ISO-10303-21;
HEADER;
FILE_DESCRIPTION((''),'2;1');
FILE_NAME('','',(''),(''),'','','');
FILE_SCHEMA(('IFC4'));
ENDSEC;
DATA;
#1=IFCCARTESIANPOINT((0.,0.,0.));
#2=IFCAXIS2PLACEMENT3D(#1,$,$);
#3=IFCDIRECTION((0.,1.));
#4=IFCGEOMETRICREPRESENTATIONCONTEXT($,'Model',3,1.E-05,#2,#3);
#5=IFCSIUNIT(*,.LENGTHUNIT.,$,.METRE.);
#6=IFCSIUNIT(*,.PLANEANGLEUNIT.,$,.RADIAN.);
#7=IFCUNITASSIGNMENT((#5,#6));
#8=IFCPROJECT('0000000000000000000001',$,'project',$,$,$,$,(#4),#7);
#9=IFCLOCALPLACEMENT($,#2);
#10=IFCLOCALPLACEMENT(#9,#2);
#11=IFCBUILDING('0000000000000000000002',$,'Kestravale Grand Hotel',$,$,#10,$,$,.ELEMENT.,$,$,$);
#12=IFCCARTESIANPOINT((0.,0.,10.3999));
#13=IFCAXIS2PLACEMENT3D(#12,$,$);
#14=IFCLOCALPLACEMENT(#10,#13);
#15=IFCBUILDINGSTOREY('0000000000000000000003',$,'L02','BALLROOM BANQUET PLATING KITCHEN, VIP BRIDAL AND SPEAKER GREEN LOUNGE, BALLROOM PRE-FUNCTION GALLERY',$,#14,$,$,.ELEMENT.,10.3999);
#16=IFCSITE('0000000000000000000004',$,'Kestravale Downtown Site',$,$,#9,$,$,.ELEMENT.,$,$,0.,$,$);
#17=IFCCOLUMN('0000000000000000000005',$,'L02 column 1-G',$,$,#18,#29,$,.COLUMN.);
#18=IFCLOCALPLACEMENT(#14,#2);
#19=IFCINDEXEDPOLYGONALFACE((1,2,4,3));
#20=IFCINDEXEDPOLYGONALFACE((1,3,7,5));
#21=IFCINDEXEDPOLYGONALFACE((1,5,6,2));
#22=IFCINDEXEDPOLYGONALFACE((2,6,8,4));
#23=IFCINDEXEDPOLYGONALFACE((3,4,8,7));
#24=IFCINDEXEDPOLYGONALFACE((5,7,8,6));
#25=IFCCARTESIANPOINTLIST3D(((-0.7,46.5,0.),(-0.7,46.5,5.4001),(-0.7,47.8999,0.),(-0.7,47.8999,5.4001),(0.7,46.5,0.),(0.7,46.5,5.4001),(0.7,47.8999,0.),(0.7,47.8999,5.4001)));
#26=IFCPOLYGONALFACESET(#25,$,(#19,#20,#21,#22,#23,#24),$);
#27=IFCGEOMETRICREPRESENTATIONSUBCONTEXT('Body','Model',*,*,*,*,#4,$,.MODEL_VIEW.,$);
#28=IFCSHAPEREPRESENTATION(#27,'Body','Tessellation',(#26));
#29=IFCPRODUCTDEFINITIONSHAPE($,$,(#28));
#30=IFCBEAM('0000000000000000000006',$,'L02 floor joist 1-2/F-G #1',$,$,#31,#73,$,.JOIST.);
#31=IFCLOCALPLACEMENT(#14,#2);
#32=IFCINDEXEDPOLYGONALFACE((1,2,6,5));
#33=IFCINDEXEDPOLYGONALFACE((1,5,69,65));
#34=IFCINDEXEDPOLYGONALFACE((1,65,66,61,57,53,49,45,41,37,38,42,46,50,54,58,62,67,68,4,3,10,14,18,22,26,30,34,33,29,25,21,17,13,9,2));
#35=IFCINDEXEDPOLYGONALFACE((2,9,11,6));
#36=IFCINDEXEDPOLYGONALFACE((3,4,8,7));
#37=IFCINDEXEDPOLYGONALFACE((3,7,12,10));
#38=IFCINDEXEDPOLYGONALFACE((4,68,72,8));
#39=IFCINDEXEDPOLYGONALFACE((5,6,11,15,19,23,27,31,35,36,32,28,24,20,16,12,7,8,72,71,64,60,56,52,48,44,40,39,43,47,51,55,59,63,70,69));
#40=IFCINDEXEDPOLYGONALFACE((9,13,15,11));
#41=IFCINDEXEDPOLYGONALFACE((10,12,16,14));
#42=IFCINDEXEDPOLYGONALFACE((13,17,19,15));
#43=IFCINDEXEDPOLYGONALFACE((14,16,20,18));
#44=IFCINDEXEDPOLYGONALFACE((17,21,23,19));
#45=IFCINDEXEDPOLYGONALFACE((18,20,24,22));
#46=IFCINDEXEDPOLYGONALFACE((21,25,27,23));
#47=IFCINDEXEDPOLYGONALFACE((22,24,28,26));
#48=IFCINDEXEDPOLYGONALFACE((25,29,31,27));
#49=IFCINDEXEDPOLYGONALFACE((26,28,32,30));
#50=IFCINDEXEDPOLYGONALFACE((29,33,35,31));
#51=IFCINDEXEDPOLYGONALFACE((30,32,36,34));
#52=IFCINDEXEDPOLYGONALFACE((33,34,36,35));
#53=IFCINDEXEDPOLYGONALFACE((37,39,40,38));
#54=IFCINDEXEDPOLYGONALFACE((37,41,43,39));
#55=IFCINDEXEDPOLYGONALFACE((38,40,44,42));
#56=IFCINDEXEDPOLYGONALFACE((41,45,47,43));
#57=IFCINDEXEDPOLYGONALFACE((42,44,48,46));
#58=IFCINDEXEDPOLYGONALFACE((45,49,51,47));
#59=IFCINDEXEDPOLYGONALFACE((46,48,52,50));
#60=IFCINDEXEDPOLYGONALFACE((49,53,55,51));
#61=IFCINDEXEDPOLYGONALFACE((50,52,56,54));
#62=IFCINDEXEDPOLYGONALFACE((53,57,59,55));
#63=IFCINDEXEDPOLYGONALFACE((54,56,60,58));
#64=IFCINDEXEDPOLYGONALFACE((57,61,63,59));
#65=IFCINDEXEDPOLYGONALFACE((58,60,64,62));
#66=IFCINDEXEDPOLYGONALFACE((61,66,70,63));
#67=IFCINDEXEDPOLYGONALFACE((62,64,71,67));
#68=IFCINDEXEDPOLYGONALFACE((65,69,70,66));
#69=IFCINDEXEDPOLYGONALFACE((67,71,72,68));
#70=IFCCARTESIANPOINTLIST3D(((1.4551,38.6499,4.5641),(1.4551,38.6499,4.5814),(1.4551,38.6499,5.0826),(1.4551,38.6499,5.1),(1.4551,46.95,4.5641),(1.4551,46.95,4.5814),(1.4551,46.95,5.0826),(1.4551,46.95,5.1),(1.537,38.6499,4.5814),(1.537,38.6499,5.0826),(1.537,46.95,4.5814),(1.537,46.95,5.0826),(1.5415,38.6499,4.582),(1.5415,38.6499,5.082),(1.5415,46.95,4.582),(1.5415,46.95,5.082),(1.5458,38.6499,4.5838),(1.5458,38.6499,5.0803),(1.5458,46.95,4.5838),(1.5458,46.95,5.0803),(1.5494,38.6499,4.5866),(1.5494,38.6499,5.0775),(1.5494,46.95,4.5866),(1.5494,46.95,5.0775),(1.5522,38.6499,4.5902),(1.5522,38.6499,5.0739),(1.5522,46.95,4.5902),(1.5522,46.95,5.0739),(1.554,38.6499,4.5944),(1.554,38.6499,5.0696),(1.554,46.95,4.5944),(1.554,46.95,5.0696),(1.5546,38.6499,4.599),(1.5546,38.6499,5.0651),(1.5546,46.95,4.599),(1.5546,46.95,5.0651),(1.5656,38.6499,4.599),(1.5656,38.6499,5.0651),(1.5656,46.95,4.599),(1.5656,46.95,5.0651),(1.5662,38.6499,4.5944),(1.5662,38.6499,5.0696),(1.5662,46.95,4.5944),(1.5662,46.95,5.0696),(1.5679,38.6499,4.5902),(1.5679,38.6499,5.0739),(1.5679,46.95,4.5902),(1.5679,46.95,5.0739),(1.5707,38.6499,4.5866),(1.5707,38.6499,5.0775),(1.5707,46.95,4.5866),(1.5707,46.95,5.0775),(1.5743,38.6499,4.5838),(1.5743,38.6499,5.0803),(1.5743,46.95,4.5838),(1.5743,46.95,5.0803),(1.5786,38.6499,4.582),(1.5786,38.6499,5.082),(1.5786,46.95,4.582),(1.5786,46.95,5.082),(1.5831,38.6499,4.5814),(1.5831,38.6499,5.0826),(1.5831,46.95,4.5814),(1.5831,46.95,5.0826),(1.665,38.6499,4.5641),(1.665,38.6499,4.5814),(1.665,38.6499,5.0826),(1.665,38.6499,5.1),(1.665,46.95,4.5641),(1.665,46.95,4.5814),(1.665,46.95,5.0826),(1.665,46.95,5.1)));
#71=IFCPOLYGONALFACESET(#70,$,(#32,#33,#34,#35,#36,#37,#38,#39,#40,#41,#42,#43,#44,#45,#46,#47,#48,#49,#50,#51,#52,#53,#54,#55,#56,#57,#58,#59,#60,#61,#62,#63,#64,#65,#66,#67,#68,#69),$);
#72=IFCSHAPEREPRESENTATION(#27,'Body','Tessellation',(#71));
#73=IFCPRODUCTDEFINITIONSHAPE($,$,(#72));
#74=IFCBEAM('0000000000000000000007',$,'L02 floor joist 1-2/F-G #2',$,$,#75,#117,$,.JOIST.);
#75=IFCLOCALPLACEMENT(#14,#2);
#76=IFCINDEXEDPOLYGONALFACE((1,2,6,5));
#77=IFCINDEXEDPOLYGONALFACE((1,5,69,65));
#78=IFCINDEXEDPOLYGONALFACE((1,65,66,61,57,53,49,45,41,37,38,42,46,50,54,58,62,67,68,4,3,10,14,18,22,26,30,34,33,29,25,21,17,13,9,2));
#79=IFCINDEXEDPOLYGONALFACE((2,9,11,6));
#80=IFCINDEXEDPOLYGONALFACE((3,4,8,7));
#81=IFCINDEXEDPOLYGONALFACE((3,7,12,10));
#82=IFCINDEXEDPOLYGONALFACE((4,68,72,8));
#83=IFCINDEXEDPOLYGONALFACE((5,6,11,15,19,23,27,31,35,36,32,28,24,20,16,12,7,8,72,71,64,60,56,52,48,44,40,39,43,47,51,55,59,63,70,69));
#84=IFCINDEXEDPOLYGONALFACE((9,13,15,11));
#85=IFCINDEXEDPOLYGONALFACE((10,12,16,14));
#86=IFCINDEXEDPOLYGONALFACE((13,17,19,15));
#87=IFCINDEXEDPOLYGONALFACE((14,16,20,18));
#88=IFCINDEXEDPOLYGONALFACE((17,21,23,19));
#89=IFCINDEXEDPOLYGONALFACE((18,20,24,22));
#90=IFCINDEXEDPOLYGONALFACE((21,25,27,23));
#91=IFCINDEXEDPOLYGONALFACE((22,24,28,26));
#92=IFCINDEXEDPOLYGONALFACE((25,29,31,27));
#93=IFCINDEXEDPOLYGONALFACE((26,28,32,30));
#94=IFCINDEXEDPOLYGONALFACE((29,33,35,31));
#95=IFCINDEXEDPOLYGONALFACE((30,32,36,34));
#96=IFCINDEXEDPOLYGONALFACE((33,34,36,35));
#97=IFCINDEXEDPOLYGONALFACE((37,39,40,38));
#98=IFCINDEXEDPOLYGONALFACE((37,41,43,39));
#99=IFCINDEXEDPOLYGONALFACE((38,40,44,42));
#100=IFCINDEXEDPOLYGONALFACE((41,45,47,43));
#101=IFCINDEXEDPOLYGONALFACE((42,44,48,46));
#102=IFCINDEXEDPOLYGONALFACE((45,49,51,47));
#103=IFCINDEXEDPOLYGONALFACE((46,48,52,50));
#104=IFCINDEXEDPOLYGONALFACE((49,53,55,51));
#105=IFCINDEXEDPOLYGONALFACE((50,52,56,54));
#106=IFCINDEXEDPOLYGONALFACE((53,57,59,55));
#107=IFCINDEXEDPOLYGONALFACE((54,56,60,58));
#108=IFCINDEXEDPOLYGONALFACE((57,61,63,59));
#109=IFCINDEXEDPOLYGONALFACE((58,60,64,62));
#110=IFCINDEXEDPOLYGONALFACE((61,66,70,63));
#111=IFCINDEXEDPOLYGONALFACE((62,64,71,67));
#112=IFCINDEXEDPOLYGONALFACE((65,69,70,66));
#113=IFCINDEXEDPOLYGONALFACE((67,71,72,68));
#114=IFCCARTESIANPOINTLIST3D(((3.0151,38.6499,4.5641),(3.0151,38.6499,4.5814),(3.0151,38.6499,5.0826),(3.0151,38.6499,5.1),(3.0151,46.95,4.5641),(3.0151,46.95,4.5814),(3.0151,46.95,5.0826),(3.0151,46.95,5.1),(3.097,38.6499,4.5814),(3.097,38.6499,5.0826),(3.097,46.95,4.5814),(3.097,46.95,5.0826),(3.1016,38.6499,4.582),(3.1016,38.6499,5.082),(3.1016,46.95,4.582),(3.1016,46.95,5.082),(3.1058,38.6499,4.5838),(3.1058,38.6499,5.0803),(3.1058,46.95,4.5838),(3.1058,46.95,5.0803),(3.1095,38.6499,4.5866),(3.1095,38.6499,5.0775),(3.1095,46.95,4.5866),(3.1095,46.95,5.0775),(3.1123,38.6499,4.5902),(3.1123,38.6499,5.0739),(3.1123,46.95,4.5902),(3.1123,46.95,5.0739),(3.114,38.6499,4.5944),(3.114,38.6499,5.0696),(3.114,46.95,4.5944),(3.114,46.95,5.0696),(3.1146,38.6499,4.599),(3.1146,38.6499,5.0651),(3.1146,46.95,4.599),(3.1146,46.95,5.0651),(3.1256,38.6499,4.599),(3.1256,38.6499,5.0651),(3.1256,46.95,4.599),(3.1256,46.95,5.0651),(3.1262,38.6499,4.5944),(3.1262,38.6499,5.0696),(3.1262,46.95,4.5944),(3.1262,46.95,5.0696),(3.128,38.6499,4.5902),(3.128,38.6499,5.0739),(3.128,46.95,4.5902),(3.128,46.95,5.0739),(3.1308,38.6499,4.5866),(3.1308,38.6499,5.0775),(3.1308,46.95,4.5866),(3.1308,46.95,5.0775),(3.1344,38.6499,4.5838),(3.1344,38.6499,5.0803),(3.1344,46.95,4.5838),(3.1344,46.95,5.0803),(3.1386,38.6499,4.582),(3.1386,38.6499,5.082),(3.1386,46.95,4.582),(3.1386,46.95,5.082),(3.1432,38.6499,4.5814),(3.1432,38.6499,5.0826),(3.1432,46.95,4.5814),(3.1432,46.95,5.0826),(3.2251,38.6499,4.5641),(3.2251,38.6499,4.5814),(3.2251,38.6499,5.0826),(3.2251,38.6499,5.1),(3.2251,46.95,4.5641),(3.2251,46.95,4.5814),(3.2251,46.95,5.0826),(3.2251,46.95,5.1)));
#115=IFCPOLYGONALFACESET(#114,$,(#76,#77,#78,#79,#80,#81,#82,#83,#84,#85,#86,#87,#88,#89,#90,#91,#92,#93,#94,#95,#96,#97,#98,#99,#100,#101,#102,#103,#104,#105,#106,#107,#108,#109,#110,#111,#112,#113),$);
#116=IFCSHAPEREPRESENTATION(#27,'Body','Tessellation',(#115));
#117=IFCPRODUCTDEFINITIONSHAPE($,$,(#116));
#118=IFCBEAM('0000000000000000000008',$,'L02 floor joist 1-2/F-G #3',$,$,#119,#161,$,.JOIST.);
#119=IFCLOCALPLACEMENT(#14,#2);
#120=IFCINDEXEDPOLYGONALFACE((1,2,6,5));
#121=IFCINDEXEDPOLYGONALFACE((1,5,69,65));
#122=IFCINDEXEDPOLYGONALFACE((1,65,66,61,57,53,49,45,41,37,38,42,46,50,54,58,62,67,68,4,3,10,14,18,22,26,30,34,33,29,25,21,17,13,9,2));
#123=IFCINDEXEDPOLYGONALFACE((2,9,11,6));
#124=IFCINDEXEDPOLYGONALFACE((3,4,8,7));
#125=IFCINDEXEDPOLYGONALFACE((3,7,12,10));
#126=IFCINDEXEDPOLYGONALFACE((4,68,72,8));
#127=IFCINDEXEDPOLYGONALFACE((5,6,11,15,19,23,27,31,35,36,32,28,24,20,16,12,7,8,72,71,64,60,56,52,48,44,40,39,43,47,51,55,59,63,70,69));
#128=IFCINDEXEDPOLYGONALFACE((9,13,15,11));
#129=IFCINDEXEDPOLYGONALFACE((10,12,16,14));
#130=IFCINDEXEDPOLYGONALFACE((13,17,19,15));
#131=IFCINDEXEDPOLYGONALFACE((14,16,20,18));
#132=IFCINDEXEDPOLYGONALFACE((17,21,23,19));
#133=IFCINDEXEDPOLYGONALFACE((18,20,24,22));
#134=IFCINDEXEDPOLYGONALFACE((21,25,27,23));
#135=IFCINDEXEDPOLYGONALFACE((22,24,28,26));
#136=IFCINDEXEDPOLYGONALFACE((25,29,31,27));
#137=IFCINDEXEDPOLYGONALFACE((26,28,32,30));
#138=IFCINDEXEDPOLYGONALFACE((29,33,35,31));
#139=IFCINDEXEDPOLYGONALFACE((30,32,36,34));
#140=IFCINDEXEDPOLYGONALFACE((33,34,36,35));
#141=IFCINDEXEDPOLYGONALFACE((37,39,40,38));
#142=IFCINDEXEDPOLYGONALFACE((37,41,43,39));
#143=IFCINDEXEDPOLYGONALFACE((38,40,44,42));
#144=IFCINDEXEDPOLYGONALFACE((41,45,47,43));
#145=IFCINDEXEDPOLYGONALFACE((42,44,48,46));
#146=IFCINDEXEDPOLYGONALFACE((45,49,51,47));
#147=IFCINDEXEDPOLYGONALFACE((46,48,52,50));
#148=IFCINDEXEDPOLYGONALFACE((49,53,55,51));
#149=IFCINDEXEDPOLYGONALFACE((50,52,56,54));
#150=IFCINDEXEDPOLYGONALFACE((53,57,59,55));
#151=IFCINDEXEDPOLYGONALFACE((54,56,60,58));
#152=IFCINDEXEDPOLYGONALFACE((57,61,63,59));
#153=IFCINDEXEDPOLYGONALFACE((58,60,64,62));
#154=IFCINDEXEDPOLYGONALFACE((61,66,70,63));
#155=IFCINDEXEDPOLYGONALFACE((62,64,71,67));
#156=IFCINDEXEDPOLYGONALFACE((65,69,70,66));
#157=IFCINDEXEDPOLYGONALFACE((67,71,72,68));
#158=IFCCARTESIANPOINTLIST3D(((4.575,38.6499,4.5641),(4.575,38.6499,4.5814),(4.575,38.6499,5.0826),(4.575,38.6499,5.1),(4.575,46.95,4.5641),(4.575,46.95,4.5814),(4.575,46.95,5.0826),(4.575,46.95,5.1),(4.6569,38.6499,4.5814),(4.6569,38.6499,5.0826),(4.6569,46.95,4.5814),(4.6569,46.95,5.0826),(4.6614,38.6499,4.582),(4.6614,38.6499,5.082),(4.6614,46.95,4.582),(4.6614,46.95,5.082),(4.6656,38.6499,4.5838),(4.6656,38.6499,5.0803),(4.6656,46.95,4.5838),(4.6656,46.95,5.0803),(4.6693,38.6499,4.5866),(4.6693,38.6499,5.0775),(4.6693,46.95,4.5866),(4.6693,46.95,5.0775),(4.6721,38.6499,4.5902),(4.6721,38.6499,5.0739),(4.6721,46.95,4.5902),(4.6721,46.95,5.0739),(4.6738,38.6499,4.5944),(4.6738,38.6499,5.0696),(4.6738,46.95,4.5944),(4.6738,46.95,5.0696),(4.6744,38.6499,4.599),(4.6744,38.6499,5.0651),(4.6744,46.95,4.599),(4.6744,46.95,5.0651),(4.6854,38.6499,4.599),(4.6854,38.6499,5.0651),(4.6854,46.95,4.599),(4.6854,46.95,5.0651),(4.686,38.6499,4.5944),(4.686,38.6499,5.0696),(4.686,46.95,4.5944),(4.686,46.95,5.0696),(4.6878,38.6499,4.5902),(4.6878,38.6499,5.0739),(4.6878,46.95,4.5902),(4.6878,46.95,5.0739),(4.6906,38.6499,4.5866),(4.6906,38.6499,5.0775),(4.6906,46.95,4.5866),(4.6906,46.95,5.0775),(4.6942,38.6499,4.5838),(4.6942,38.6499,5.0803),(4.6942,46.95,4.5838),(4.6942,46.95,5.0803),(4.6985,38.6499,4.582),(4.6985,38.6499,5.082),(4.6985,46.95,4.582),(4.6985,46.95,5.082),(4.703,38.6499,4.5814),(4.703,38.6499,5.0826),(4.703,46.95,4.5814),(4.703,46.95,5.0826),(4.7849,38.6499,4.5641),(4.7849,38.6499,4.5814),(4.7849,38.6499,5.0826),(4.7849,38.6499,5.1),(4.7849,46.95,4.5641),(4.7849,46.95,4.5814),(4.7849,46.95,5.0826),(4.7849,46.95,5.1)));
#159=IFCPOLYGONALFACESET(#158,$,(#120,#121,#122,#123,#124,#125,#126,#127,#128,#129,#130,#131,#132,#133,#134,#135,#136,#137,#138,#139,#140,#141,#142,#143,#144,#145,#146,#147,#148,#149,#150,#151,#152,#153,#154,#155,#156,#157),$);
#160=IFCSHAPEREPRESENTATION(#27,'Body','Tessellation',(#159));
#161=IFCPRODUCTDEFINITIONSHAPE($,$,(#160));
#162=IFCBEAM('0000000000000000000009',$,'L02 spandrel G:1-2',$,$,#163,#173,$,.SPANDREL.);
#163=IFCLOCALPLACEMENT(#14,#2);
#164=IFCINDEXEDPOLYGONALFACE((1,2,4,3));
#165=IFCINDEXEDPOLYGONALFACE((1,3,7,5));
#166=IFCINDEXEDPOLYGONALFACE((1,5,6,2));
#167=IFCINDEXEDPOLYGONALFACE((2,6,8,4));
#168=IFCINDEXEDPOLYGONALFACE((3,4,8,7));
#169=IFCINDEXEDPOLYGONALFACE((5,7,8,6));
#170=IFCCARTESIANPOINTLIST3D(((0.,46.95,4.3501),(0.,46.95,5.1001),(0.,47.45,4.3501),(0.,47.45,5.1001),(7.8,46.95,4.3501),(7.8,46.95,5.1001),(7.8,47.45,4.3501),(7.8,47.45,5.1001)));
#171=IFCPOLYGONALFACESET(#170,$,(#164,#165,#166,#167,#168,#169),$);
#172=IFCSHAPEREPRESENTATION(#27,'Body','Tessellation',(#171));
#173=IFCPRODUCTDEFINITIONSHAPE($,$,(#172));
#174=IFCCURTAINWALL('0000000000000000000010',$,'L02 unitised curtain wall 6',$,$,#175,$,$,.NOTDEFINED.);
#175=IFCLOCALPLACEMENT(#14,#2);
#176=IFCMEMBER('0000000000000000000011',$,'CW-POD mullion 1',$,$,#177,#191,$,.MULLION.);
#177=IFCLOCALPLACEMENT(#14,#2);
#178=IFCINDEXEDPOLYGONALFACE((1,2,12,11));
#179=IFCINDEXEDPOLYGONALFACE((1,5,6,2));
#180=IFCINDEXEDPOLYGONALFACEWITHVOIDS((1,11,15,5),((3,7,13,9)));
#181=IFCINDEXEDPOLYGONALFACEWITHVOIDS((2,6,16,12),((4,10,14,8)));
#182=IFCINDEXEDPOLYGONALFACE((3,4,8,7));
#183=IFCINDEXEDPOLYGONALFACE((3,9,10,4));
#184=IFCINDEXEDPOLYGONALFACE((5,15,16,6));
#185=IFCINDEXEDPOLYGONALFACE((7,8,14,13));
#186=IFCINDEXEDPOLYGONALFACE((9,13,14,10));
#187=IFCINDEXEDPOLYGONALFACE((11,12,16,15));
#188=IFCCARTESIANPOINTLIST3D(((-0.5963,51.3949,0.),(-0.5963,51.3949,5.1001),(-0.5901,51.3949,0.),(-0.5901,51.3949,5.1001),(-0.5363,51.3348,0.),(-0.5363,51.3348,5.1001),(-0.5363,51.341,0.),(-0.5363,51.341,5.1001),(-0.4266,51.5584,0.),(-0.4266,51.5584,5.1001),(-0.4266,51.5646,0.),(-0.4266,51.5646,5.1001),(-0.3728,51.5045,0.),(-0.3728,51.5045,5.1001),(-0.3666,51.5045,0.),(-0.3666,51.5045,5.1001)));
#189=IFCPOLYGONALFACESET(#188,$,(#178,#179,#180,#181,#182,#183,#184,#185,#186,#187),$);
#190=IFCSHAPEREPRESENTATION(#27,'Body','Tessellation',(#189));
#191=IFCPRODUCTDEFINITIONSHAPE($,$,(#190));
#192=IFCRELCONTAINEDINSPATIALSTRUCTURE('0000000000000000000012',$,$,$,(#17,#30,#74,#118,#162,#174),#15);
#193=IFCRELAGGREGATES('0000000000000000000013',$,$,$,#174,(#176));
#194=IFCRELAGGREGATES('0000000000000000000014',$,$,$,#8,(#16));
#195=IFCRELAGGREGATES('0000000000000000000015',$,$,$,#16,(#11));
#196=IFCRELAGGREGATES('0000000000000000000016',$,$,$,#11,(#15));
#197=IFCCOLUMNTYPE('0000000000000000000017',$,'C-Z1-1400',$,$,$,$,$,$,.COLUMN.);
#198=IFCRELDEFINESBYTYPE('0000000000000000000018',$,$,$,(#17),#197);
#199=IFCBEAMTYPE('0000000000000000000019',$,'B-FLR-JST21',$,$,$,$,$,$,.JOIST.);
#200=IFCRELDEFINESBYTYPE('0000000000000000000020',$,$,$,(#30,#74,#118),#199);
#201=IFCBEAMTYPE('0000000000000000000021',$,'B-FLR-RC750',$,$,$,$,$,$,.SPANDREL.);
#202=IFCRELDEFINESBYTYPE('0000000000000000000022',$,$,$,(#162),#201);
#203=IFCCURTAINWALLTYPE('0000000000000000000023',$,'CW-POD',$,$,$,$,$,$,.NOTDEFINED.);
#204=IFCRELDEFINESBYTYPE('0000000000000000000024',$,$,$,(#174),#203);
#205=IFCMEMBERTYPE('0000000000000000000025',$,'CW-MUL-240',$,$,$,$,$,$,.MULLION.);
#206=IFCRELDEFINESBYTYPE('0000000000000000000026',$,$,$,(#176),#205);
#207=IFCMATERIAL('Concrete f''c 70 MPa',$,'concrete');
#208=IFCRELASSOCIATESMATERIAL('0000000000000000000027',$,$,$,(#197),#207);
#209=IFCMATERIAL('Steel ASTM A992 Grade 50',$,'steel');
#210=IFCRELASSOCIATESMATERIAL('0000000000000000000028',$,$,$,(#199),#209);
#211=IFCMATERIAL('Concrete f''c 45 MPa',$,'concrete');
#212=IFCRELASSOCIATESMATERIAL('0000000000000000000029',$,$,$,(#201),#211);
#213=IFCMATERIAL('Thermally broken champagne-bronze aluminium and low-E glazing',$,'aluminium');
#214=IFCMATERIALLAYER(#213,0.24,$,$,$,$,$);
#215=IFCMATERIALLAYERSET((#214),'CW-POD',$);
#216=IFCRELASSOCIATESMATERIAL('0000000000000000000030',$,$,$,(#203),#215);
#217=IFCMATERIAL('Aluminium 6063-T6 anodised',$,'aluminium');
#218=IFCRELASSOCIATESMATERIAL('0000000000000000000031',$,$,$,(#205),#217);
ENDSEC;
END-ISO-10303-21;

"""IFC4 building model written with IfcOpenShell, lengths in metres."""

from ifc_helpers import new_model, si_unit, direction, frame, origin, origin_2d, place, context, subcontext, project, spatial, rectangle, hollow_rectangle, i_section, extrude, material, layer, layer_set, material_profile, profile_set, type_object, element, aggregate, save


model = new_model("IFC4")

# Units and contexts
model_context = context("Model", 3, precision=1e-05, world=origin(), true_north=direction((0.0, 1.0)))
body_context = subcontext(model_context, "Body", "Model", "MODEL_VIEW")
ifc_project = project(units=[si_unit("LENGTHUNIT", "METRE"), si_unit("PLANEANGLEUNIT", "RADIAN")], contexts=[model_context])

# Site, building, storey
site_placement = place(None, origin())
site = spatial("IfcSite", under=ifc_project, at=site_placement, Name="Kestravale Downtown Site", CompositionType="ELEMENT", RefElevation=0.0)
building_placement = place(site_placement, origin())
building = spatial("IfcBuilding", under=site, at=building_placement, Name="Kestravale Grand Hotel", CompositionType="ELEMENT")
storey_placement = place(building_placement, frame((0.0, 0.0, 10.3999)))
storey = spatial("IfcBuildingStorey", under=building, at=storey_placement, Name="L02", Description="BALLROOM BANQUET PLATING KITCHEN, VIP BRIDAL AND SPEAKER GREEN LOUNGE, BALLROOM PRE-FUNCTION GALLERY", CompositionType="ELEMENT", Elevation=10.3999)

# Column
ifc_material_1 = material(Name="Concrete f'c 70 MPa", Category="concrete")
ifc_material_profile_1 = material_profile(ifc_material_1, rectangle(XDim=1.3999, YDim=1.3999, at=origin_2d()))
ifc_profile_set_1 = profile_set([ifc_material_profile_1], Name="Concrete f'c 70 MPa")
column_type = type_object("IfcColumnType", Name="C-Z1-1400", PredefinedType="COLUMN", material=ifc_profile_set_1)
column_placement = place(storey_placement, frame((0.0, 47.2, 0.0), z_axis=(0.0, 0.0, 1.0), x_axis=(1.0, 0.0, 0.0)))
element("IfcColumn", 1, at=column_placement, inside=storey, type_object=column_type, Name="L02 column 1-G", PredefinedType="COLUMN", context=body_context, shape_type="SweptSolid", body=[
    extrude(rectangle(XDim=1.3999, YDim=1.3999, at=origin_2d()), origin(), (0.0, 0.0, 1.0), 5.4001),
])

# Beams
ifc_material_2 = material(Name="Steel ASTM A992 Grade 50", Category="steel")
ifc_material_profile_2 = material_profile(ifc_material_2, i_section(OverallWidth=0.21, OverallDepth=0.5359, WebThickness=0.011, FlangeThickness=0.0173, FilletRadius=0.0176, at=origin_2d()))
ifc_profile_set_2 = profile_set([ifc_material_profile_2], Name="Steel ASTM A992 Grade 50")
beam_type_1 = type_object("IfcBeamType", Name="B-FLR-JST21", PredefinedType="JOIST", material=ifc_profile_set_2)
for number, where, z_axis, x_axis, name in (
    (2, (1.5601, 38.6499, 4.832), (0.0, 1.0, 0.0), (-1.0, 0.0, 0.0), "L02 floor joist 1-2/F-G #1"),
    (3, (3.1201, 38.6499, 4.832), (0.0, 1.0, 0.0), (-1.0, 0.0, 0.0), "L02 floor joist 1-2/F-G #2"),
    (4, (4.6799, 38.6499, 4.832), (0.0, 1.0, 0.0), (-1.0, 0.0, 0.0), "L02 floor joist 1-2/F-G #3"),
):
    element("IfcBeam", number, at=place(storey_placement, frame(where, z_axis=z_axis, x_axis=x_axis)), inside=storey, type_object=beam_type_1, Name=name, PredefinedType="JOIST", context=body_context, shape_type="SweptSolid", body=[
        extrude(i_section(OverallWidth=0.21, OverallDepth=0.5359, WebThickness=0.011, FlangeThickness=0.0173, FilletRadius=0.0176, at=origin_2d()), origin(), (0.0, 0.0, 1.0), 8.3),
    ])
ifc_material_3 = material(Name="Concrete f'c 45 MPa", Category="concrete")
ifc_material_profile_3 = material_profile(ifc_material_3, rectangle(XDim=0.5, YDim=0.75, at=origin_2d()))
ifc_profile_set_3 = profile_set([ifc_material_profile_3], Name="Concrete f'c 45 MPa")
beam_type_2 = type_object("IfcBeamType", Name="B-FLR-RC750", PredefinedType="SPANDREL", material=ifc_profile_set_3)
beam_placement = place(storey_placement, frame((0.0, 47.2, 4.7251), z_axis=(1.0, 0.0, 0.0), x_axis=(0.0, 1.0, 0.0)))
element("IfcBeam", 5, at=beam_placement, inside=storey, type_object=beam_type_2, Name="L02 spandrel G:1-2", PredefinedType="SPANDREL", context=body_context, shape_type="SweptSolid", body=[
    extrude(rectangle(XDim=0.5, YDim=0.75, at=origin_2d()), origin(), (0.0, 0.0, 1.0), 7.8),
])

# Curtain wall, member
ifc_material_4 = material(Name="Thermally broken champagne-bronze aluminium and low-E glazing", Category="aluminium")
ifc_layer_1 = layer(ifc_material_4, 0.24)
ifc_layer_set_1 = layer_set([ifc_layer_1], Name="CW-POD")
curtain_wall_type = type_object("IfcCurtainWallType", Name="CW-POD", PredefinedType="NOTDEFINED", material=ifc_layer_set_1)
curtain_wall_placement = place(storey_placement, origin())
curtain_wall = element("IfcCurtainWall", 6, at=curtain_wall_placement, inside=storey, type_object=curtain_wall_type, Name="L02 unitised curtain wall 6", PredefinedType="NOTDEFINED")
ifc_material_5 = material(Name="Aluminium 6063-T6 anodised", Category="aluminium")
ifc_material_profile_4 = material_profile(ifc_material_5, hollow_rectangle(XDim=0.085, YDim=0.24, WallThickness=0.0044, at=origin_2d()))
ifc_profile_set_4 = profile_set([ifc_material_profile_4], Name="Aluminium 6063-T6 anodised")
member_type_1 = type_object("IfcMemberType", Name="CW-MUL-240", PredefinedType="MULLION", material=ifc_profile_set_4)
member_1_placement = place(storey_placement, frame((-0.4814, 51.4497, 0.0), z_axis=(0.0, 0.0, 1.0), x_axis=(0.707107, -0.707107, 0.0)))
member_1 = element("IfcMember", 7, at=member_1_placement, type_object=member_type_1, Name="CW-POD mullion 1", PredefinedType="MULLION", context=body_context, shape_type="SweptSolid", body=[
    extrude(hollow_rectangle(XDim=0.085, YDim=0.24, WallThickness=0.0044, at=origin_2d()), origin(), (0.0, 0.0, 1.0), 5.1001),
])
aggregate(curtain_wall, [member_1])

save(model, "model.ifc")
